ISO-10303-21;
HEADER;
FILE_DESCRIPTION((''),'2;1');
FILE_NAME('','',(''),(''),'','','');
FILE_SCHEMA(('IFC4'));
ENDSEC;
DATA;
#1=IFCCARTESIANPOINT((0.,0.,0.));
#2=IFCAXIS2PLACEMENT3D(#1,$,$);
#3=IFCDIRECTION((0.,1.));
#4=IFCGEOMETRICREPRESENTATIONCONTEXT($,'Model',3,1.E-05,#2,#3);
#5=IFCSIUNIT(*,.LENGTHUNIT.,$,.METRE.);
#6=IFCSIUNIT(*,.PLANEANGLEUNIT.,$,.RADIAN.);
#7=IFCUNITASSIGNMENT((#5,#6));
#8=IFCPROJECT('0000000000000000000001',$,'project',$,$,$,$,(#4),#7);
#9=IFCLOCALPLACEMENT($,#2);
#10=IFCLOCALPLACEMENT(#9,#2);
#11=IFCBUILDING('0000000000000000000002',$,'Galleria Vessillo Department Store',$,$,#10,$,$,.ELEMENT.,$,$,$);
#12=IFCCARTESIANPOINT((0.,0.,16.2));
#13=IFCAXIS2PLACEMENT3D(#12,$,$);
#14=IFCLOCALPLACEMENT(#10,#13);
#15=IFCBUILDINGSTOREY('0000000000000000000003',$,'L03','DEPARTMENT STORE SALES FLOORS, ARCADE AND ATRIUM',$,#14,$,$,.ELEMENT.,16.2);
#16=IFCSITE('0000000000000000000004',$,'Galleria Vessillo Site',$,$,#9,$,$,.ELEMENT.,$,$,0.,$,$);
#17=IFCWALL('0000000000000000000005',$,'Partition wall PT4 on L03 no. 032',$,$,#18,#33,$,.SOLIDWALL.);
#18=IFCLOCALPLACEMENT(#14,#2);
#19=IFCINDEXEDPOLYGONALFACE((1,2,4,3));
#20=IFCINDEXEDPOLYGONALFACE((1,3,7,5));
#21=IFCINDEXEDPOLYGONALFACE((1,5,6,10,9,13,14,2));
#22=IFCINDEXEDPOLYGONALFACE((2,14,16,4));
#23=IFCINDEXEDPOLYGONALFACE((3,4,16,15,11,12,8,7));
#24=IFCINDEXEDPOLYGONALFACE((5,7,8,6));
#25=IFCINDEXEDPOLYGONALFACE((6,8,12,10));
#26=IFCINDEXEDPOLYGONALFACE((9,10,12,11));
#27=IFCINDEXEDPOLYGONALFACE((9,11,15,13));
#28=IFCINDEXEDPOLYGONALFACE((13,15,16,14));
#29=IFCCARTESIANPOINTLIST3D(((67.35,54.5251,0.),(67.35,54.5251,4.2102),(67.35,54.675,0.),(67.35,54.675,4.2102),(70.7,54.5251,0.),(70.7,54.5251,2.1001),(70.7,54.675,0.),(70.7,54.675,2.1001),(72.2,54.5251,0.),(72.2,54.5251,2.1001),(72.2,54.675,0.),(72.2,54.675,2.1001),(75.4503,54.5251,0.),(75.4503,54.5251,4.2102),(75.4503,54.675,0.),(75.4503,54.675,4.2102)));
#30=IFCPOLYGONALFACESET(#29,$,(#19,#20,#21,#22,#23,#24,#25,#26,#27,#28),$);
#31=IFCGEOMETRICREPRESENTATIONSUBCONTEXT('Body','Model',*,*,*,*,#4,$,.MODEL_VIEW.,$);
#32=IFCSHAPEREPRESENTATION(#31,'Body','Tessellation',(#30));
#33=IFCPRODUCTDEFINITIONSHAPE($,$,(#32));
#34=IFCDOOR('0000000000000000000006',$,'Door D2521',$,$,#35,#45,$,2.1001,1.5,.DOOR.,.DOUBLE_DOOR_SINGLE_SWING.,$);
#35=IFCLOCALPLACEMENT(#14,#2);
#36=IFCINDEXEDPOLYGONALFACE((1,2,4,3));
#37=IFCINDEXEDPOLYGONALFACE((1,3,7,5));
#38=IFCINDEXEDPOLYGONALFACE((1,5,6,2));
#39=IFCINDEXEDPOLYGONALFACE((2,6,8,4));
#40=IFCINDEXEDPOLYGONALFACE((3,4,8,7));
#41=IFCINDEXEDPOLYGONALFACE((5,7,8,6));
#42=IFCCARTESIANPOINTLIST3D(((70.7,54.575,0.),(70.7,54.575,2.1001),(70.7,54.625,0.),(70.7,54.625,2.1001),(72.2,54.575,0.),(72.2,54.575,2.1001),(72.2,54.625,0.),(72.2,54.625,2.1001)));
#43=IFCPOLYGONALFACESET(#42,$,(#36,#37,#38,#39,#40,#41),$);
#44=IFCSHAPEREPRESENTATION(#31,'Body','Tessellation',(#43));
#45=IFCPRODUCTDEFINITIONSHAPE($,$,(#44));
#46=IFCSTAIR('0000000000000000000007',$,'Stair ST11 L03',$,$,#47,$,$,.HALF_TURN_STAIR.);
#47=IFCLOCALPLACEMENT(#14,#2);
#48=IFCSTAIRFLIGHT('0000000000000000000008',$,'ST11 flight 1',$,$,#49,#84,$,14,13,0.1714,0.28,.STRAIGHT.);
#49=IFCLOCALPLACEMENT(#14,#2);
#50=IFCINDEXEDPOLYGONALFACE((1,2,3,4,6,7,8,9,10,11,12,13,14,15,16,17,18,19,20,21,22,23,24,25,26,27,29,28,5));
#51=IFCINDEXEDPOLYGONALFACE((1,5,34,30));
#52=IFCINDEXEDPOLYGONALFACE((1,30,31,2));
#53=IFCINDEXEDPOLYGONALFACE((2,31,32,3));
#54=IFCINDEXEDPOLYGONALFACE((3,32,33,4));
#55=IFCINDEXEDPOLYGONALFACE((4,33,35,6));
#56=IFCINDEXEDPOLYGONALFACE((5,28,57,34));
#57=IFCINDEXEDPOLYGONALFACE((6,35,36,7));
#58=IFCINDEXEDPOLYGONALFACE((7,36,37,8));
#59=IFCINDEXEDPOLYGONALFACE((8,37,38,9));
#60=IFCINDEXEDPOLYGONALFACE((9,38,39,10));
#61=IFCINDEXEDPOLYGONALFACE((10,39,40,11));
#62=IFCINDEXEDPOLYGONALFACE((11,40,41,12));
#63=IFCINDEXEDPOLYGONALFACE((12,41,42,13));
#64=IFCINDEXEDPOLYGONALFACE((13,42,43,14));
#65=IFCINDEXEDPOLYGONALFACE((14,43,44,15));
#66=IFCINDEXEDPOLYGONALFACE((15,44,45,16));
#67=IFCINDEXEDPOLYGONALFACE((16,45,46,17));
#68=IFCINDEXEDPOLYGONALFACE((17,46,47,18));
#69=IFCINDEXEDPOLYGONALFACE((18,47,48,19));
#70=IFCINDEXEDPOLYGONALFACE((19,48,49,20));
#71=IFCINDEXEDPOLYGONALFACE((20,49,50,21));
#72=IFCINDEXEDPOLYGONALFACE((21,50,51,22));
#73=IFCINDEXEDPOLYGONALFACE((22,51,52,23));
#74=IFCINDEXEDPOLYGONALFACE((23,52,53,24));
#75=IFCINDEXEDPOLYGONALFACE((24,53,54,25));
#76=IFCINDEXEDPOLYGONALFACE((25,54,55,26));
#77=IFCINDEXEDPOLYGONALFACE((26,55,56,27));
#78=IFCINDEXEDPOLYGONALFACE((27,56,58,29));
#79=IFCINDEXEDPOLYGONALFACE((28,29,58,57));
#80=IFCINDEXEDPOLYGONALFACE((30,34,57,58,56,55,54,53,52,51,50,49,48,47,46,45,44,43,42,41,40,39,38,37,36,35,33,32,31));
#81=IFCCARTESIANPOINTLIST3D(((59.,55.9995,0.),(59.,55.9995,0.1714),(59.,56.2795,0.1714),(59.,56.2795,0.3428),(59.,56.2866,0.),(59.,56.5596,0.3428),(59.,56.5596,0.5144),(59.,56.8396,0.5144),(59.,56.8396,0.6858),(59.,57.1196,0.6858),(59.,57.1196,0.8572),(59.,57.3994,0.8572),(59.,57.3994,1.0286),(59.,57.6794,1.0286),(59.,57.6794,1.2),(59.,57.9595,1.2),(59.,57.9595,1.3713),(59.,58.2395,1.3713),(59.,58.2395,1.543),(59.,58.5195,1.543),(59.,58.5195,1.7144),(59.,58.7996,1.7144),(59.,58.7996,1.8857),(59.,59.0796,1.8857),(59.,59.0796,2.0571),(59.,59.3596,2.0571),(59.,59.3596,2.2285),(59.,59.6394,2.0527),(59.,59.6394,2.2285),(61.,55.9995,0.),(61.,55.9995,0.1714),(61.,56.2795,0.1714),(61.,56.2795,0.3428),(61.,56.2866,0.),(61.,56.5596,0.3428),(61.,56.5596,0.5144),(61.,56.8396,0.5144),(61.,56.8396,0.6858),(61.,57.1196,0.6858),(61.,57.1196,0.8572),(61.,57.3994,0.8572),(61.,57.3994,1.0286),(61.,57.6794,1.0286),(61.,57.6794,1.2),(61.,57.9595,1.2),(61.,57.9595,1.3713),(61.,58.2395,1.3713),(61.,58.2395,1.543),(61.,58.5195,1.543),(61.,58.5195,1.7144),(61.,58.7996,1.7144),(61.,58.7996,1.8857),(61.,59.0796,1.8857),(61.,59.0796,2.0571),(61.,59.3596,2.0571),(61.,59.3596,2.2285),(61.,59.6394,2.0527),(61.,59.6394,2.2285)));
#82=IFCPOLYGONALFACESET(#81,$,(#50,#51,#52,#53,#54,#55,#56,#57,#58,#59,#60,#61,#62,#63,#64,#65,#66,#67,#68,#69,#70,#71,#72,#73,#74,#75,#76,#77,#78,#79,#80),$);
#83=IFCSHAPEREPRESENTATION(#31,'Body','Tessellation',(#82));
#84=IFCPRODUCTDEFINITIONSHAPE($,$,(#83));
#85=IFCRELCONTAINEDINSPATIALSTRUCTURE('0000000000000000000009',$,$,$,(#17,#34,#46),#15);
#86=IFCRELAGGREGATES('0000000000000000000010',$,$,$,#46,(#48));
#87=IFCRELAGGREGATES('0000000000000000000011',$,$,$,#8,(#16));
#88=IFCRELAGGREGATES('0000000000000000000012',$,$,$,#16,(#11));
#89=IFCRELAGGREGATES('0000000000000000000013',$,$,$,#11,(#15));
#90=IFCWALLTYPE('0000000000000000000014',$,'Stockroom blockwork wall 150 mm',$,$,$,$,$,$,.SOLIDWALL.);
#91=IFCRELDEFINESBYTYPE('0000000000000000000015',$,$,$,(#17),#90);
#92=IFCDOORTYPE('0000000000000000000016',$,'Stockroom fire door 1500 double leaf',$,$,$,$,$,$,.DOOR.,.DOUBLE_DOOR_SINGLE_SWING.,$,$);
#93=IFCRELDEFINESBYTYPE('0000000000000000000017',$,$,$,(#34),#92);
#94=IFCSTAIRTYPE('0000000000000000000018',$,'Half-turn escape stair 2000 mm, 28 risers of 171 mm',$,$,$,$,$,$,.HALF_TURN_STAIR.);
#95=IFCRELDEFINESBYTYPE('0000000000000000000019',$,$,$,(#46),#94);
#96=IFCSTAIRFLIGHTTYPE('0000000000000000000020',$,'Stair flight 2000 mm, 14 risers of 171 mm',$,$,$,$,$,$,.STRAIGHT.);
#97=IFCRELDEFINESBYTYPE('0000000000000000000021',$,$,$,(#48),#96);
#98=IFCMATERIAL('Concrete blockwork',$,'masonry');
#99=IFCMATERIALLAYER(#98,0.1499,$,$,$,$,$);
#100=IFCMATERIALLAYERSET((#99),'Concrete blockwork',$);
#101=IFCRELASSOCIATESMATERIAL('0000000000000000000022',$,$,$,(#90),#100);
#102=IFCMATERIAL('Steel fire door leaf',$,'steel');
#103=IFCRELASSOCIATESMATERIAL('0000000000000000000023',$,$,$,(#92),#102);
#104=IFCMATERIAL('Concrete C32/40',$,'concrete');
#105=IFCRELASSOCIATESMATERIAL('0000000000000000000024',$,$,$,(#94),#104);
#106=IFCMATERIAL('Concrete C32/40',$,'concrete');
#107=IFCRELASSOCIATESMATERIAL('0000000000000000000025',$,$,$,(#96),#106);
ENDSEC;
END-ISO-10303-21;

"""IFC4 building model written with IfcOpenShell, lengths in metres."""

from ifc_helpers import new_model, si_unit, direction, frame, frame_2d, origin, place, context, subcontext, project, spatial, polyline, rectangle, outline, extrude, material, layer, layer_set, type_object, element, fill, aggregate, save


model = new_model("IFC4")

# Units and contexts
model_context = context("Model", 3, precision=1e-05, world=origin(), true_north=direction((0.0, 1.0)))
body_context = subcontext(model_context, "Body", "Model", "MODEL_VIEW")
ifc_project = project(units=[si_unit("LENGTHUNIT", "METRE"), si_unit("PLANEANGLEUNIT", "RADIAN")], contexts=[model_context])

# Site, building, storey
site_placement = place(None, origin())
site = spatial("IfcSite", under=ifc_project, at=site_placement, Name="Galleria Vessillo Site", CompositionType="ELEMENT", RefElevation=0.0)
building_placement = place(site_placement, origin())
building = spatial("IfcBuilding", under=site, at=building_placement, Name="Galleria Vessillo Department Store", CompositionType="ELEMENT")
storey_placement = place(building_placement, frame((0.0, 0.0, 16.2)))
storey = spatial("IfcBuildingStorey", under=building, at=storey_placement, Name="L03", Description="DEPARTMENT STORE SALES FLOORS, ARCADE AND ATRIUM", CompositionType="ELEMENT", Elevation=16.2)

# Wall, opening, door
ifc_material_1 = material(Name="Concrete blockwork", Category="masonry")
ifc_layer_1 = layer(ifc_material_1, 0.1499)
ifc_layer_set_1 = layer_set([ifc_layer_1], Name="Concrete blockwork")
wall_type_1 = type_object("IfcWallType", Name="Stockroom blockwork wall 150 mm", PredefinedType="SOLIDWALL", material=ifc_layer_set_1)
wall_1_placement = place(storey_placement, frame((67.3499, 54.6001, 0.0), z_axis=(0.0, 0.0, 1.0), x_axis=(1.0, 0.0, 0.0)))
wall_1 = element("IfcWall", 1, at=wall_1_placement, inside=storey, type_object=wall_type_1, Name="Partition wall PT4 on L03 no. 032", PredefinedType="SOLIDWALL", context=body_context, shape_type="SweptSolid", body=[
    extrude(rectangle(XDim=8.1003, YDim=0.1499, at=frame_2d((4.0503, 0.0))), origin(), (0.0, 0.0, 1.0), 4.2102),
])
opening_1_placement = place(wall_1_placement, frame((3.3501, 0.0, 0.0)))
opening_1 = element("IfcOpeningElement", 2, at=opening_1_placement, cuts=wall_1, PredefinedType="OPENING", context=body_context, shape_type="SweptSolid", body=[
    extrude(rectangle(XDim=1.5, YDim=2.1001, at=frame_2d((0.75, 1.05))), frame((0.0, 0.085, 0.0), z_axis=(0.0, -1.0, 0.0), x_axis=(1.0, 0.0, 0.0)), (0.0, 0.0, 1.0), 0.1699),
])
ifc_material_2 = material(Name="Steel fire door leaf", Category="steel")
door_type_1 = type_object("IfcDoorType", Name="Stockroom fire door 1500 double leaf", OperationType="DOUBLE_DOOR_SINGLE_SWING", PredefinedType="DOOR", material=ifc_material_2)
door_1_placement = place(opening_1_placement, origin())
door_1 = element("IfcDoor", 3, at=door_1_placement, inside=storey, type_object=door_type_1, Name="Door D2521", OperationType="DOUBLE_DOOR_SINGLE_SWING", OverallHeight=2.1001, OverallWidth=1.5, PredefinedType="DOOR", context=body_context, shape_type="SweptSolid", body=[
    extrude(rectangle(XDim=1.5, YDim=2.1001, at=frame_2d((0.75, 1.05))), frame((0.0, 0.0249, 0.0), z_axis=(0.0, -1.0, 0.0), x_axis=(1.0, 0.0, 0.0)), (0.0, 0.0, 1.0), 0.05),
])
fill(opening_1, door_1)

# Stair, stair flight
ifc_material_3 = material(Name="Concrete C32/40", Category="concrete")
stair_type = type_object("IfcStairType", Name="Half-turn escape stair 2000 mm, 28 risers of 171 mm", PredefinedType="HALF_TURN_STAIR", material=ifc_material_3)
stair_placement = place(storey_placement, origin())
stair = element("IfcStair", 4, at=stair_placement, inside=storey, type_object=stair_type, Name="Stair ST11 L03", PredefinedType="HALF_TURN_STAIR")
ifc_material_4 = material(Name="Concrete C32/40", Category="concrete")
stair_flight_type = type_object("IfcStairFlightType", Name="Stair flight 2000 mm, 14 risers of 171 mm", PredefinedType="STRAIGHT", material=ifc_material_4)
stair_flight_placement = place(storey_placement, frame((60.0, 55.9995, 0.0), z_axis=(0.0, 0.0, 1.0), x_axis=(0.0, 1.0, 0.0)))
stair_flight = element("IfcStairFlight", 5, at=stair_flight_placement, type_object=stair_flight_type, Name="ST11 flight 1", NumberOfRisers=14, NumberOfTreads=13, PredefinedType="STRAIGHT", RiserHeight=0.1714, TreadLength=0.28, context=body_context, shape_type="SweptSolid", body=[
    extrude(outline(polyline([(0.0, 0.0), (0.0, 0.1714), (0.28, 0.1714), (0.28, 0.3428), (0.5601, 0.3428), (0.5601, 0.5144), (0.8401, 0.5144), (0.8401, 0.6858), (1.1201, 0.6858), (1.1201, 0.8572), (1.3999, 0.8572), (1.3999, 1.0286), (1.6799, 1.0286), (1.6799, 1.2), (1.96, 1.2), (1.96, 1.3713), (2.24, 1.3713), (2.24, 1.543), (2.52, 1.543), (2.52, 1.7144), (2.8, 1.7144), (2.8, 1.8857), (3.0801, 1.8857), (3.0801, 2.0571), (3.3601, 2.0571), (3.3601, 2.2285), (3.6399, 2.2285), (3.6399, 2.3999), (3.6399, 2.0527), (0.2871, 0.0), (0.0, 0.0)])), frame((0.0, 1.0, 0.0), z_axis=(0.0, -1.0, 0.0), x_axis=(1.0, 0.0, 0.0)), (0.0, 0.0, 1.0), 2.0),
])
aggregate(stair, [stair_flight])

save(model, "model.ifc")
